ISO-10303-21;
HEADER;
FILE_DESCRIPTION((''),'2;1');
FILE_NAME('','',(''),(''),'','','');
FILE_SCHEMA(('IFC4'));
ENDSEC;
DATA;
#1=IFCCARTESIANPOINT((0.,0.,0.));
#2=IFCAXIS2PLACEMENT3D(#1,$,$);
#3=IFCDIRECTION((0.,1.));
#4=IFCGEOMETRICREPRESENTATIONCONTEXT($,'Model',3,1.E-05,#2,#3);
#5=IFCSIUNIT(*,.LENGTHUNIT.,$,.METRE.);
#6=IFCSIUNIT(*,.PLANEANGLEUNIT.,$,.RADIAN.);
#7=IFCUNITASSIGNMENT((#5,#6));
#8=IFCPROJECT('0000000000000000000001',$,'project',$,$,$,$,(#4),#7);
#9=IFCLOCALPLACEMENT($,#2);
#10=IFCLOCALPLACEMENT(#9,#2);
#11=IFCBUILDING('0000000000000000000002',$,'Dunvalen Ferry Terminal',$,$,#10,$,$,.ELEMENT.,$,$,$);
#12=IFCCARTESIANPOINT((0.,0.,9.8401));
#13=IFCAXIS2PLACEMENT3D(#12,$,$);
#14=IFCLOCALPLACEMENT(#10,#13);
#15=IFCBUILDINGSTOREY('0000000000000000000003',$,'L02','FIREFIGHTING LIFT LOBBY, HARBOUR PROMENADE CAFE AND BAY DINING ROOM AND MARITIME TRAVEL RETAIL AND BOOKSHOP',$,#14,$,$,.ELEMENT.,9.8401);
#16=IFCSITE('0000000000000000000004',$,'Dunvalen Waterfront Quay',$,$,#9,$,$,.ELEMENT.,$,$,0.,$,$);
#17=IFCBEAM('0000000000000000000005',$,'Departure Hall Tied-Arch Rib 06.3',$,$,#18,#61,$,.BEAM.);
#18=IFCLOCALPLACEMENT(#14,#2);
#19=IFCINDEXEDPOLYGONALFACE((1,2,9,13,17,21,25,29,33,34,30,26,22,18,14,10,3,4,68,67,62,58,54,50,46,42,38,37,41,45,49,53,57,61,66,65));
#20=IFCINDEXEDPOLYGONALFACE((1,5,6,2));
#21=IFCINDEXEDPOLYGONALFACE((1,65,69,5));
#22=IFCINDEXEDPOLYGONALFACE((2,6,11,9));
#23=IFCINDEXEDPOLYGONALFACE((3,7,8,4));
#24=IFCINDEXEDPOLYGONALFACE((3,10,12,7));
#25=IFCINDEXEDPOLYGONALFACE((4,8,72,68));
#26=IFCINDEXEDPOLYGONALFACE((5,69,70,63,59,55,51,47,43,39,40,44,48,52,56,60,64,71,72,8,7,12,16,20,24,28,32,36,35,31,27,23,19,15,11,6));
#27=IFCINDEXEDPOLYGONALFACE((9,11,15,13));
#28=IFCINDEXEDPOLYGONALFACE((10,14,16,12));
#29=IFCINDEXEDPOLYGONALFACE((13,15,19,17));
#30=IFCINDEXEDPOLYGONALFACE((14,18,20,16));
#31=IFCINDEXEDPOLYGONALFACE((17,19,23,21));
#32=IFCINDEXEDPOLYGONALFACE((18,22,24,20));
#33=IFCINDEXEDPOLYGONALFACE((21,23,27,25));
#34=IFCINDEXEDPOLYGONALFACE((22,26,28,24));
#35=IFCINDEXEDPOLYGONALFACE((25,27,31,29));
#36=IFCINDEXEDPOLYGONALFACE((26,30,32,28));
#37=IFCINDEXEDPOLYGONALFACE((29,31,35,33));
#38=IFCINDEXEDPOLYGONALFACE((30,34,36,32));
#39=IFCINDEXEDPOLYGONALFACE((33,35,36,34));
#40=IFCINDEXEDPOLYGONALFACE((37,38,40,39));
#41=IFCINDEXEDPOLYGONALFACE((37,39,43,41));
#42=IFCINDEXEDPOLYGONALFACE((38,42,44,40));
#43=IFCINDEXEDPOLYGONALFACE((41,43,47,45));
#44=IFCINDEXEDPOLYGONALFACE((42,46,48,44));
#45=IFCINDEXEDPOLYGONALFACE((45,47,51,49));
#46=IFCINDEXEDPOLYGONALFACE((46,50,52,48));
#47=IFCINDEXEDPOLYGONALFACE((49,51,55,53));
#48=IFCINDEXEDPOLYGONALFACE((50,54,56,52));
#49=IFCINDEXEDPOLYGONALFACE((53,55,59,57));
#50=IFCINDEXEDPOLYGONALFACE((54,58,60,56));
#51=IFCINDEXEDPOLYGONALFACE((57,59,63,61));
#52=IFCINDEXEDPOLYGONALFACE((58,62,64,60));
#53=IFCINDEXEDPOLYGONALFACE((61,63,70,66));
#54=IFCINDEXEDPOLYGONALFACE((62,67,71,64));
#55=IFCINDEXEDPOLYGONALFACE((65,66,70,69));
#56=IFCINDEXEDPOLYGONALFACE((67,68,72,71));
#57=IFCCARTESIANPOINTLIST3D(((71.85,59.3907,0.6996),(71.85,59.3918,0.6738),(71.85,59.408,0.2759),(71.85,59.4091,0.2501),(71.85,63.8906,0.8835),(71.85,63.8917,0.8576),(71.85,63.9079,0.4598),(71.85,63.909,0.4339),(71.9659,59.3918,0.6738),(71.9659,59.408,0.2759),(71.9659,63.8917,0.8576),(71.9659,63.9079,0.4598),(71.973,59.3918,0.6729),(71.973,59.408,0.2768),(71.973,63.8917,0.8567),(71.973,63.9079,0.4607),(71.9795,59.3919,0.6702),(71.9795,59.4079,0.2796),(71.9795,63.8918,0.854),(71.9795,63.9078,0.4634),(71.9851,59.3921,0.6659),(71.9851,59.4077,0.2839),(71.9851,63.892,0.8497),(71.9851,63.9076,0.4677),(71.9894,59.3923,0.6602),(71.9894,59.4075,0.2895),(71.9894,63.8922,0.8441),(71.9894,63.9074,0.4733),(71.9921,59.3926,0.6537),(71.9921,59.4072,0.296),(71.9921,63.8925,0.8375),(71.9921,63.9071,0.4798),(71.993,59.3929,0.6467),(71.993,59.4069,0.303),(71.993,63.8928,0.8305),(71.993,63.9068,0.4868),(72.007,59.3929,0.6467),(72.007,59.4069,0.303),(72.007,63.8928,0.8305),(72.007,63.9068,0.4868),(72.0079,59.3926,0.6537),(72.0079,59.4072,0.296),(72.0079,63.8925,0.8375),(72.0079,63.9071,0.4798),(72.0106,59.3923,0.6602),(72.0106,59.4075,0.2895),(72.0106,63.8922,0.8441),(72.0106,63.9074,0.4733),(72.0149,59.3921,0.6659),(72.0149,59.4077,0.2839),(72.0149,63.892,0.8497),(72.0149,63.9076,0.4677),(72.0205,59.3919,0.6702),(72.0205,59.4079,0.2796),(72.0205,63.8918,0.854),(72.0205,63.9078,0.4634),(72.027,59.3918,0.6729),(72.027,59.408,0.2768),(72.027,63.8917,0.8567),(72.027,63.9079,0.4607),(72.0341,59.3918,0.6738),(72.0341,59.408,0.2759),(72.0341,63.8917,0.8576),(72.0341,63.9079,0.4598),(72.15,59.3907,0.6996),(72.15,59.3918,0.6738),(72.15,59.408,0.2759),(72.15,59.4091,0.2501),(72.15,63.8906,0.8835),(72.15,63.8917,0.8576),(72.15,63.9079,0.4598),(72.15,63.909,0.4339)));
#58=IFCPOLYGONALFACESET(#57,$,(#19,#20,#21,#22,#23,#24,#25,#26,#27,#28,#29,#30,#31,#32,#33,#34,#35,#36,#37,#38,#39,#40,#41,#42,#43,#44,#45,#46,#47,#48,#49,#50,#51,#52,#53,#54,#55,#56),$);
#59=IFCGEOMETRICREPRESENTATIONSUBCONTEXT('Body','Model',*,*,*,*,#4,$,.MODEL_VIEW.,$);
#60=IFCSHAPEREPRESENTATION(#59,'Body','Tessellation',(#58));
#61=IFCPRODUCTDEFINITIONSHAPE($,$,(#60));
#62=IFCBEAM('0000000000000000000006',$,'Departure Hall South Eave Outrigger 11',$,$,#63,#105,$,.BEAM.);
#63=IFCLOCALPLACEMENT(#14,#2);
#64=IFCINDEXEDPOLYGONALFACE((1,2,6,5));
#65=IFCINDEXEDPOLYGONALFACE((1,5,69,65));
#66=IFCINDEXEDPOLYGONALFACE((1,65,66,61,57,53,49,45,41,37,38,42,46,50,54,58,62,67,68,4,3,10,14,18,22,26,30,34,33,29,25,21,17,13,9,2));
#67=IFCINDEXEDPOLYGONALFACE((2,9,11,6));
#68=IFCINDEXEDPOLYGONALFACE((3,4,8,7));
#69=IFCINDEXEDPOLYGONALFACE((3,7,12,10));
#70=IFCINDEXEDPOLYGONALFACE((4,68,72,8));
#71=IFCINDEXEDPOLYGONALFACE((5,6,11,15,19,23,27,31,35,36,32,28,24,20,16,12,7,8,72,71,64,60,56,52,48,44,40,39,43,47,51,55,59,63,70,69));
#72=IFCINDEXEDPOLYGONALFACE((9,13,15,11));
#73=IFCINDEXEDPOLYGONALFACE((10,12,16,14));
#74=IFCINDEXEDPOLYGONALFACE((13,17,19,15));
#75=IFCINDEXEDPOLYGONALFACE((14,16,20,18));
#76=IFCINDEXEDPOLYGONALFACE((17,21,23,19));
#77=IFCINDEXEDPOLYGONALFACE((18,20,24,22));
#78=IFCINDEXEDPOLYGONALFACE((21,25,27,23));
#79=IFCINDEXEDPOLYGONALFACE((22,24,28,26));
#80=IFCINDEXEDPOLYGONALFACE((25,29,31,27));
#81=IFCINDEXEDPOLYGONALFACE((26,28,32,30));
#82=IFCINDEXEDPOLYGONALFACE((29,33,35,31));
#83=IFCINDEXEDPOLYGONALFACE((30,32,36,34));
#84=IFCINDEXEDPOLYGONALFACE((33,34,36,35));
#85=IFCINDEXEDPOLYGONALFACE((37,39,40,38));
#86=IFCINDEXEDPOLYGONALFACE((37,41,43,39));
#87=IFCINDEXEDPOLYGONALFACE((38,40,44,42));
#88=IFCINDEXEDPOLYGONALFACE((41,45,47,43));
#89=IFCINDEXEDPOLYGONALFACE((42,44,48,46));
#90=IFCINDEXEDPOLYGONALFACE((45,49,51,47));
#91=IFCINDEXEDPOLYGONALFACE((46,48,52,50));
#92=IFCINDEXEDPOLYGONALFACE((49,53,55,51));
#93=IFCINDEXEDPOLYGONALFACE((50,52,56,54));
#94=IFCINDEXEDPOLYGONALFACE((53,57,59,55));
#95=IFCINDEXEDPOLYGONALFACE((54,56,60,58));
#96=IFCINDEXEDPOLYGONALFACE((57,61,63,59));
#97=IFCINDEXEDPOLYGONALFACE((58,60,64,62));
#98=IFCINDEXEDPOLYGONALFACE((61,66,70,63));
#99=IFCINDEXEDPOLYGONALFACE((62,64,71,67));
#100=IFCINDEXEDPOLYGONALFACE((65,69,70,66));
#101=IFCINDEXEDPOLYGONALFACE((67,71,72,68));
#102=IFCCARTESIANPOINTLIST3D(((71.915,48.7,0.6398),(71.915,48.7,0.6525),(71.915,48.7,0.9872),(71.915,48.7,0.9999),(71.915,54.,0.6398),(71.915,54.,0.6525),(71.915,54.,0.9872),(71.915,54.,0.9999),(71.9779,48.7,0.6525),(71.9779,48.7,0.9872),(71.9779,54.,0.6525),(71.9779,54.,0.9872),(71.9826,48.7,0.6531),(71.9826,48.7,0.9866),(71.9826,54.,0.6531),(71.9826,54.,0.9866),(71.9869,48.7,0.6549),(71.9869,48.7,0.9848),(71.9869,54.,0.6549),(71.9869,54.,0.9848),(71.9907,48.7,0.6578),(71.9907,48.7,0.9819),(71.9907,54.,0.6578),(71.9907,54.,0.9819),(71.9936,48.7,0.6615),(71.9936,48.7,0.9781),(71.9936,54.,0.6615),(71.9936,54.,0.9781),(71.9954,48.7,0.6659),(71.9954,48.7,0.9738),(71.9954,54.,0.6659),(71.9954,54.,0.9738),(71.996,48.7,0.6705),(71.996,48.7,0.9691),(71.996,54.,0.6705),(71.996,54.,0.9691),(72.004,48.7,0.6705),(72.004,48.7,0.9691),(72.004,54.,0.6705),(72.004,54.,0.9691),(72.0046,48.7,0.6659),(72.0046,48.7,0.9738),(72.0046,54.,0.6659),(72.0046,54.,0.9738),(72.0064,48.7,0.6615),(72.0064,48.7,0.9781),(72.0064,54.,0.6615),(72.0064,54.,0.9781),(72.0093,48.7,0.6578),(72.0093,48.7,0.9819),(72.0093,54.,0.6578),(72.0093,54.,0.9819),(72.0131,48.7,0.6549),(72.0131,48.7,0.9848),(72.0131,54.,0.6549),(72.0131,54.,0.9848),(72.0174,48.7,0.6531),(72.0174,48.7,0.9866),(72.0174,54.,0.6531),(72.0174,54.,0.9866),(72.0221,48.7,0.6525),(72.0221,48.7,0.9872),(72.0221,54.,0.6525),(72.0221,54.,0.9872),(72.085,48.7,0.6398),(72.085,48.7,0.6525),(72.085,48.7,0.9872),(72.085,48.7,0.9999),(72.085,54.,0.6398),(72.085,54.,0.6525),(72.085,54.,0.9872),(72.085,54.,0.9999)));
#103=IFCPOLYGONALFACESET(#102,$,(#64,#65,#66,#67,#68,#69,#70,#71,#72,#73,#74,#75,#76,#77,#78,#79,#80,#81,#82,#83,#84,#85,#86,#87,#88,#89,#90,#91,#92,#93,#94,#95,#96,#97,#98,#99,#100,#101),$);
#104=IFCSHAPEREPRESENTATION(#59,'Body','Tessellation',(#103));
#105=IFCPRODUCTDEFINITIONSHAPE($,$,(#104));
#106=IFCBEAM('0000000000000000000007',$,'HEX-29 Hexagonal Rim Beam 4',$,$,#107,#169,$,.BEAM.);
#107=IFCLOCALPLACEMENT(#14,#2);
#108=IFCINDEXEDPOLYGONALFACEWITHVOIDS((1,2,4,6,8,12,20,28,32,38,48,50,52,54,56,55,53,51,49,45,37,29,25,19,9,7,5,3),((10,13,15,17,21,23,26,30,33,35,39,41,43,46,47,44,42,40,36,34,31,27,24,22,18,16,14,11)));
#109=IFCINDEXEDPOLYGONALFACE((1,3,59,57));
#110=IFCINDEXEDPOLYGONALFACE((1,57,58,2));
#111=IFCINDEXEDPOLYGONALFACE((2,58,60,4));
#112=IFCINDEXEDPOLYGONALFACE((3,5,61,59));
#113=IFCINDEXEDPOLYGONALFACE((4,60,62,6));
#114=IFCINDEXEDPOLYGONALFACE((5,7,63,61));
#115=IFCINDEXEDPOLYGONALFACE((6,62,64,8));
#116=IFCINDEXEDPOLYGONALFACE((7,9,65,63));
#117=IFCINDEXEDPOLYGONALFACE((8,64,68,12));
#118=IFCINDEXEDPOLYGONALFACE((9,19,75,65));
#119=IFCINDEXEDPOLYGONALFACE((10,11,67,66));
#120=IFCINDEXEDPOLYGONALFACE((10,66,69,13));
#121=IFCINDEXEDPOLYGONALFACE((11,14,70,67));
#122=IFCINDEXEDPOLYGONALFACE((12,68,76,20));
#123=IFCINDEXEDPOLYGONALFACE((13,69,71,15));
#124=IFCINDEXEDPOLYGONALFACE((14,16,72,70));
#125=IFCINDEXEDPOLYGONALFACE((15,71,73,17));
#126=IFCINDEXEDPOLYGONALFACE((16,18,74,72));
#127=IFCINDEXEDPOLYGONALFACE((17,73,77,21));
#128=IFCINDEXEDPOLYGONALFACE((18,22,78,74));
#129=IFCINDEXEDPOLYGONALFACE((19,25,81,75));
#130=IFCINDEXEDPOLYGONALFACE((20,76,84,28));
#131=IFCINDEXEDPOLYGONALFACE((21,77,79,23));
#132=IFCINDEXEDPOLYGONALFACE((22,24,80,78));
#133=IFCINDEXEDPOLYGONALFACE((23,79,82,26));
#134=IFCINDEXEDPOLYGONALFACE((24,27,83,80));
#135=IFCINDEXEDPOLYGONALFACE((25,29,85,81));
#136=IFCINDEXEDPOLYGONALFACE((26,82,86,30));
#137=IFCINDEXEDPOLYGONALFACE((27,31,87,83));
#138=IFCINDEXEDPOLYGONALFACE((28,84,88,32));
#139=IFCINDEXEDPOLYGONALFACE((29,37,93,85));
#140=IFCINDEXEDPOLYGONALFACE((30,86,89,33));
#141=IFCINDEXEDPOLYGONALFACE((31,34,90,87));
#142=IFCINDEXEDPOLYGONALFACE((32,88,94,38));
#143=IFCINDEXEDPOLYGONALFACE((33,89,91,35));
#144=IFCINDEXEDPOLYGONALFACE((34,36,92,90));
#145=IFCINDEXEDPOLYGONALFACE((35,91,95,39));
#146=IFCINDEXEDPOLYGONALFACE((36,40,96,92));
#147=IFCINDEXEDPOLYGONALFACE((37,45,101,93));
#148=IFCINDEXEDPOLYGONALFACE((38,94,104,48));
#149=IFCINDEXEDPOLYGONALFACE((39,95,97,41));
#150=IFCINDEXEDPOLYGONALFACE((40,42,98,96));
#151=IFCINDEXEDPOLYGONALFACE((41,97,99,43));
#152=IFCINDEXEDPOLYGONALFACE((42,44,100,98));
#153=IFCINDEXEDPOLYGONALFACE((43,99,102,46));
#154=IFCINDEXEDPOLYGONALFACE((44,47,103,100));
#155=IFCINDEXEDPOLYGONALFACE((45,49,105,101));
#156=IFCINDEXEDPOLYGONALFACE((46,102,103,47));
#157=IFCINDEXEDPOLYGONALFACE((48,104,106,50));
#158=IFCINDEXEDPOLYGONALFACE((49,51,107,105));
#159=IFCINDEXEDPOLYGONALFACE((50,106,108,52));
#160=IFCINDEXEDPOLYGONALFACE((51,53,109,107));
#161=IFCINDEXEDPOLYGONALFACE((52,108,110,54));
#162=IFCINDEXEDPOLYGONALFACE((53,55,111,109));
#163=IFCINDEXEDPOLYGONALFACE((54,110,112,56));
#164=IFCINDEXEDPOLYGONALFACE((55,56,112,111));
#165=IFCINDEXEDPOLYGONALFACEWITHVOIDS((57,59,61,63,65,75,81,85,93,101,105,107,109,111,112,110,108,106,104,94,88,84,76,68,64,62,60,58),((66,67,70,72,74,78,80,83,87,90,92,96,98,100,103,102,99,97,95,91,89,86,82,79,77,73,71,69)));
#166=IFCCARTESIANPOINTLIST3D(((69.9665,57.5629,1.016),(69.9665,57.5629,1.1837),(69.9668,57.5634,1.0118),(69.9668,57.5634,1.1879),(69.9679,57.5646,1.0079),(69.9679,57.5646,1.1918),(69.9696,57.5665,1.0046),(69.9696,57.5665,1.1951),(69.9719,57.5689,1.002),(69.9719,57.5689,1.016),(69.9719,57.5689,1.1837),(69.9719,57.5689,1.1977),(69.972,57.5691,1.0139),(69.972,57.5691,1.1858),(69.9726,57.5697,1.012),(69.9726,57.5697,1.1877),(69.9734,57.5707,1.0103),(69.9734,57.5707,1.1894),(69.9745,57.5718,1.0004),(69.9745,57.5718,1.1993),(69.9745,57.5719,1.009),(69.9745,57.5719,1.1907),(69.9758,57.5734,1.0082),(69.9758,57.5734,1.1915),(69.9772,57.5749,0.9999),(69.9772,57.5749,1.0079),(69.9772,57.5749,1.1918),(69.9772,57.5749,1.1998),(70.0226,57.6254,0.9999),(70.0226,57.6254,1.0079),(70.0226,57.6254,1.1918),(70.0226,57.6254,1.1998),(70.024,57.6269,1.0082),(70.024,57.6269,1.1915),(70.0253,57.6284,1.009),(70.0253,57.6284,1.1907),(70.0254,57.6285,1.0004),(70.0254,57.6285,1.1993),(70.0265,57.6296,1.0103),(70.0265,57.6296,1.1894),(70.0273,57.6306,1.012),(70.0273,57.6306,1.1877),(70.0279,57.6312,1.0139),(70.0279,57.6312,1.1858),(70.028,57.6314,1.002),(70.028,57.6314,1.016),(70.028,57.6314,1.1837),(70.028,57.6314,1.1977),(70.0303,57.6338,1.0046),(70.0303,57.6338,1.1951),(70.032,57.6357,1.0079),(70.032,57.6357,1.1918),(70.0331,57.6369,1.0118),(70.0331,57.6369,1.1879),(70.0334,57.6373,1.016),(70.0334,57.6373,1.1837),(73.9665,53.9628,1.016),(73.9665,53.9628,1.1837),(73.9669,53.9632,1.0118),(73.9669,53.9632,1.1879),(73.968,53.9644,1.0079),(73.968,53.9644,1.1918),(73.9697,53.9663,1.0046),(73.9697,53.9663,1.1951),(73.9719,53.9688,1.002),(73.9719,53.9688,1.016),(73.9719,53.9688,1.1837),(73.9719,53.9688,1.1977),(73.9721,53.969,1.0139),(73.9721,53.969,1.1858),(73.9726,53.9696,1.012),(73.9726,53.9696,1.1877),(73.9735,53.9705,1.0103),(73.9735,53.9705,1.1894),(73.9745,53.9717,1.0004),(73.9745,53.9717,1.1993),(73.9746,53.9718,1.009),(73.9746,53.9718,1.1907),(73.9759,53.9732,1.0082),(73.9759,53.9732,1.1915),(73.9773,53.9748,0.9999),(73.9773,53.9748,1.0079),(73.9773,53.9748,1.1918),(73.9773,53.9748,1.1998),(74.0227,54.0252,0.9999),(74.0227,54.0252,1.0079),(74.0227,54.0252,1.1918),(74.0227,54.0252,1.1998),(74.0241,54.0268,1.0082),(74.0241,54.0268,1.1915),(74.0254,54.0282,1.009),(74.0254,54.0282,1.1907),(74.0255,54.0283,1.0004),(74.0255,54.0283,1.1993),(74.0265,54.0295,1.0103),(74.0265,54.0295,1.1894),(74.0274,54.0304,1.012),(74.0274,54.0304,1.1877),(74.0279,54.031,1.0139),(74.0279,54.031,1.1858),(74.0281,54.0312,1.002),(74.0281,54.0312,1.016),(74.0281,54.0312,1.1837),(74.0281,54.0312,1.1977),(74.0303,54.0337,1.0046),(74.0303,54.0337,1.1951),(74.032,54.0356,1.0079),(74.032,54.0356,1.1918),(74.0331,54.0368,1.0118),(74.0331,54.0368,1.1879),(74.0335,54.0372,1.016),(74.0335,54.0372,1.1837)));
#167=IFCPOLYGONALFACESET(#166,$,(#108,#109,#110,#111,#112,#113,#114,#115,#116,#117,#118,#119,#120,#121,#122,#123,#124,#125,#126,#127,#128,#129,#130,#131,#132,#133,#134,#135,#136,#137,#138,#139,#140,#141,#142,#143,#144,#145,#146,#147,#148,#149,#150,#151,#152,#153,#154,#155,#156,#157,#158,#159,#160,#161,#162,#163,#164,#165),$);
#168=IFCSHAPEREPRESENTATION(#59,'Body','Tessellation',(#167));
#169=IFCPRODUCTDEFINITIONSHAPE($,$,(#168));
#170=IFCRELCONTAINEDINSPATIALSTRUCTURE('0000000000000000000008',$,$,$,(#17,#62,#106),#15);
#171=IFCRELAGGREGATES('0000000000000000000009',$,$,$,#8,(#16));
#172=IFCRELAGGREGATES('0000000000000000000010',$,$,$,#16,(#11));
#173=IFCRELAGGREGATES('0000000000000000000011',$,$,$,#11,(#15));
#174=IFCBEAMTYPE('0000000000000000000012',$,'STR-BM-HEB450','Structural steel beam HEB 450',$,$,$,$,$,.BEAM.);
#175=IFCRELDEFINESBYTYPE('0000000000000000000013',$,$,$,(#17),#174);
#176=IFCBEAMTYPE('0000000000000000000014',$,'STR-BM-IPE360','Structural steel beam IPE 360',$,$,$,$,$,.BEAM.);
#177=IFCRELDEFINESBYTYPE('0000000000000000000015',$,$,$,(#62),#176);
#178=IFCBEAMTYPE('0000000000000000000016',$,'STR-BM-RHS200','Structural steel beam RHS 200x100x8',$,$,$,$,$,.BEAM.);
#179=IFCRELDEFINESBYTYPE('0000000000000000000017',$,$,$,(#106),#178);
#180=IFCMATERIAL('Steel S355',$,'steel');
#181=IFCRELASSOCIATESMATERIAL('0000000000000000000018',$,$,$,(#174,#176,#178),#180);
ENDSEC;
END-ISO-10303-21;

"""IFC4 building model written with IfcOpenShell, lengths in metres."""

from ifc_helpers import new_model, si_unit, direction, frame, origin, origin_2d, place, context, subcontext, project, spatial, hollow_rectangle, i_section, extrude, material, material_profile, profile_set, type_object, element, save


model = new_model("IFC4")

# Units and contexts
model_context = context("Model", 3, precision=1e-05, world=origin(), true_north=direction((0.0, 1.0)))
body_context = subcontext(model_context, "Body", "Model", "MODEL_VIEW")
ifc_project = project(units=[si_unit("LENGTHUNIT", "METRE"), si_unit("PLANEANGLEUNIT", "RADIAN")], contexts=[model_context])

# Site, building, storey
site_placement = place(None, origin())
site = spatial("IfcSite", under=ifc_project, at=site_placement, Name="Dunvalen Waterfront Quay", CompositionType="ELEMENT", RefElevation=0.0)
building_placement = place(site_placement, origin())
building = spatial("IfcBuilding", under=site, at=building_placement, Name="Dunvalen Ferry Terminal", CompositionType="ELEMENT")
storey_placement = place(building_placement, frame((0.0, 0.0, 9.8401)))
storey = spatial("IfcBuildingStorey", under=building, at=storey_placement, Name="L02", Description="FIREFIGHTING LIFT LOBBY, HARBOUR PROMENADE CAFE AND BAY DINING ROOM AND MARITIME TRAVEL RETAIL AND BOOKSHOP", CompositionType="ELEMENT", Elevation=9.8401)

# Beams
ifc_material_1 = material(Name="Steel S355", Category="steel")
ifc_material_profile_1 = material_profile(ifc_material_1, i_section(OverallWidth=0.3, OverallDepth=0.45, WebThickness=0.0139, FlangeThickness=0.0259, FilletRadius=0.0271, at=origin_2d()), Name="Steel S355")
ifc_profile_set_1 = profile_set([ifc_material_profile_1], Name="Steel S355")
beam_type_1 = type_object("IfcBeamType", Name="STR-BM-HEB450", Description="Structural steel beam HEB 450", PredefinedType="BEAM", material=ifc_profile_set_1)
beam_1_placement = place(storey_placement, frame((72.0, 59.3999, 0.4749), z_axis=(0.0, 0.999167, 0.040819), x_axis=(-1.0, 0.0, 0.0)))
element("IfcBeam", 1, at=beam_1_placement, inside=storey, type_object=beam_type_1, Name="Departure Hall Tied-Arch Rib 06.3", PredefinedType="BEAM", context=body_context, shape_type="SweptSolid", body=[
    extrude(i_section(OverallWidth=0.3, OverallDepth=0.45, WebThickness=0.0139, FlangeThickness=0.0259, FilletRadius=0.0271, at=origin_2d()), origin(), (0.0, 0.0, 1.0), 4.5037),
])
ifc_material_profile_2 = material_profile(ifc_material_1, i_section(OverallWidth=0.1699, OverallDepth=0.3601, WebThickness=0.0081, FlangeThickness=0.0127, FilletRadius=0.0181, at=origin_2d()), Name="Steel S355")
ifc_profile_set_2 = profile_set([ifc_material_profile_2], Name="Steel S355")
beam_type_2 = type_object("IfcBeamType", Name="STR-BM-IPE360", Description="Structural steel beam IPE 360", PredefinedType="BEAM", material=ifc_profile_set_2)
beam_2_placement = place(storey_placement, frame((72.0, 54.0, 0.8198), z_axis=(0.0, -1.0, 0.0), x_axis=(1.0, 0.0, 0.0)))
element("IfcBeam", 2, at=beam_2_placement, inside=storey, type_object=beam_type_2, Name="Departure Hall South Eave Outrigger 11", PredefinedType="BEAM", context=body_context, shape_type="SweptSolid", body=[
    extrude(i_section(OverallWidth=0.1699, OverallDepth=0.3601, WebThickness=0.0081, FlangeThickness=0.0127, FilletRadius=0.0181, at=origin_2d()), origin(), (0.0, 0.0, 1.0), 5.3),
])
ifc_material_profile_3 = material_profile(ifc_material_1, hollow_rectangle(XDim=0.1001, YDim=0.2, WallThickness=0.0081, InnerFilletRadius=0.0081, OuterFilletRadius=0.0161, at=origin_2d()), Name="Steel S355")
ifc_profile_set_3 = profile_set([ifc_material_profile_3], Name="Steel S355")
beam_type_3 = type_object("IfcBeamType", Name="STR-BM-RHS200", Description="Structural steel beam RHS 200x100x8", PredefinedType="BEAM", material=ifc_profile_set_3)
beam_3_placement = place(storey_placement, frame((74.0, 54.0, 1.0999), z_axis=(-0.743285, 0.668975, 0.0), x_axis=(-0.668975, -0.743285, 0.0)))
element("IfcBeam", 3, at=beam_3_placement, inside=storey, type_object=beam_type_3, Name="HEX-29 Hexagonal Rim Beam 4", PredefinedType="BEAM", context=body_context, shape_type="SweptSolid", body=[
    extrude(hollow_rectangle(XDim=0.1001, YDim=0.2, WallThickness=0.0081, InnerFilletRadius=0.0081, OuterFilletRadius=0.0161, at=origin_2d()), origin(), (0.0, 0.0, 1.0), 5.3816),
])

save(model, "model.ifc")
